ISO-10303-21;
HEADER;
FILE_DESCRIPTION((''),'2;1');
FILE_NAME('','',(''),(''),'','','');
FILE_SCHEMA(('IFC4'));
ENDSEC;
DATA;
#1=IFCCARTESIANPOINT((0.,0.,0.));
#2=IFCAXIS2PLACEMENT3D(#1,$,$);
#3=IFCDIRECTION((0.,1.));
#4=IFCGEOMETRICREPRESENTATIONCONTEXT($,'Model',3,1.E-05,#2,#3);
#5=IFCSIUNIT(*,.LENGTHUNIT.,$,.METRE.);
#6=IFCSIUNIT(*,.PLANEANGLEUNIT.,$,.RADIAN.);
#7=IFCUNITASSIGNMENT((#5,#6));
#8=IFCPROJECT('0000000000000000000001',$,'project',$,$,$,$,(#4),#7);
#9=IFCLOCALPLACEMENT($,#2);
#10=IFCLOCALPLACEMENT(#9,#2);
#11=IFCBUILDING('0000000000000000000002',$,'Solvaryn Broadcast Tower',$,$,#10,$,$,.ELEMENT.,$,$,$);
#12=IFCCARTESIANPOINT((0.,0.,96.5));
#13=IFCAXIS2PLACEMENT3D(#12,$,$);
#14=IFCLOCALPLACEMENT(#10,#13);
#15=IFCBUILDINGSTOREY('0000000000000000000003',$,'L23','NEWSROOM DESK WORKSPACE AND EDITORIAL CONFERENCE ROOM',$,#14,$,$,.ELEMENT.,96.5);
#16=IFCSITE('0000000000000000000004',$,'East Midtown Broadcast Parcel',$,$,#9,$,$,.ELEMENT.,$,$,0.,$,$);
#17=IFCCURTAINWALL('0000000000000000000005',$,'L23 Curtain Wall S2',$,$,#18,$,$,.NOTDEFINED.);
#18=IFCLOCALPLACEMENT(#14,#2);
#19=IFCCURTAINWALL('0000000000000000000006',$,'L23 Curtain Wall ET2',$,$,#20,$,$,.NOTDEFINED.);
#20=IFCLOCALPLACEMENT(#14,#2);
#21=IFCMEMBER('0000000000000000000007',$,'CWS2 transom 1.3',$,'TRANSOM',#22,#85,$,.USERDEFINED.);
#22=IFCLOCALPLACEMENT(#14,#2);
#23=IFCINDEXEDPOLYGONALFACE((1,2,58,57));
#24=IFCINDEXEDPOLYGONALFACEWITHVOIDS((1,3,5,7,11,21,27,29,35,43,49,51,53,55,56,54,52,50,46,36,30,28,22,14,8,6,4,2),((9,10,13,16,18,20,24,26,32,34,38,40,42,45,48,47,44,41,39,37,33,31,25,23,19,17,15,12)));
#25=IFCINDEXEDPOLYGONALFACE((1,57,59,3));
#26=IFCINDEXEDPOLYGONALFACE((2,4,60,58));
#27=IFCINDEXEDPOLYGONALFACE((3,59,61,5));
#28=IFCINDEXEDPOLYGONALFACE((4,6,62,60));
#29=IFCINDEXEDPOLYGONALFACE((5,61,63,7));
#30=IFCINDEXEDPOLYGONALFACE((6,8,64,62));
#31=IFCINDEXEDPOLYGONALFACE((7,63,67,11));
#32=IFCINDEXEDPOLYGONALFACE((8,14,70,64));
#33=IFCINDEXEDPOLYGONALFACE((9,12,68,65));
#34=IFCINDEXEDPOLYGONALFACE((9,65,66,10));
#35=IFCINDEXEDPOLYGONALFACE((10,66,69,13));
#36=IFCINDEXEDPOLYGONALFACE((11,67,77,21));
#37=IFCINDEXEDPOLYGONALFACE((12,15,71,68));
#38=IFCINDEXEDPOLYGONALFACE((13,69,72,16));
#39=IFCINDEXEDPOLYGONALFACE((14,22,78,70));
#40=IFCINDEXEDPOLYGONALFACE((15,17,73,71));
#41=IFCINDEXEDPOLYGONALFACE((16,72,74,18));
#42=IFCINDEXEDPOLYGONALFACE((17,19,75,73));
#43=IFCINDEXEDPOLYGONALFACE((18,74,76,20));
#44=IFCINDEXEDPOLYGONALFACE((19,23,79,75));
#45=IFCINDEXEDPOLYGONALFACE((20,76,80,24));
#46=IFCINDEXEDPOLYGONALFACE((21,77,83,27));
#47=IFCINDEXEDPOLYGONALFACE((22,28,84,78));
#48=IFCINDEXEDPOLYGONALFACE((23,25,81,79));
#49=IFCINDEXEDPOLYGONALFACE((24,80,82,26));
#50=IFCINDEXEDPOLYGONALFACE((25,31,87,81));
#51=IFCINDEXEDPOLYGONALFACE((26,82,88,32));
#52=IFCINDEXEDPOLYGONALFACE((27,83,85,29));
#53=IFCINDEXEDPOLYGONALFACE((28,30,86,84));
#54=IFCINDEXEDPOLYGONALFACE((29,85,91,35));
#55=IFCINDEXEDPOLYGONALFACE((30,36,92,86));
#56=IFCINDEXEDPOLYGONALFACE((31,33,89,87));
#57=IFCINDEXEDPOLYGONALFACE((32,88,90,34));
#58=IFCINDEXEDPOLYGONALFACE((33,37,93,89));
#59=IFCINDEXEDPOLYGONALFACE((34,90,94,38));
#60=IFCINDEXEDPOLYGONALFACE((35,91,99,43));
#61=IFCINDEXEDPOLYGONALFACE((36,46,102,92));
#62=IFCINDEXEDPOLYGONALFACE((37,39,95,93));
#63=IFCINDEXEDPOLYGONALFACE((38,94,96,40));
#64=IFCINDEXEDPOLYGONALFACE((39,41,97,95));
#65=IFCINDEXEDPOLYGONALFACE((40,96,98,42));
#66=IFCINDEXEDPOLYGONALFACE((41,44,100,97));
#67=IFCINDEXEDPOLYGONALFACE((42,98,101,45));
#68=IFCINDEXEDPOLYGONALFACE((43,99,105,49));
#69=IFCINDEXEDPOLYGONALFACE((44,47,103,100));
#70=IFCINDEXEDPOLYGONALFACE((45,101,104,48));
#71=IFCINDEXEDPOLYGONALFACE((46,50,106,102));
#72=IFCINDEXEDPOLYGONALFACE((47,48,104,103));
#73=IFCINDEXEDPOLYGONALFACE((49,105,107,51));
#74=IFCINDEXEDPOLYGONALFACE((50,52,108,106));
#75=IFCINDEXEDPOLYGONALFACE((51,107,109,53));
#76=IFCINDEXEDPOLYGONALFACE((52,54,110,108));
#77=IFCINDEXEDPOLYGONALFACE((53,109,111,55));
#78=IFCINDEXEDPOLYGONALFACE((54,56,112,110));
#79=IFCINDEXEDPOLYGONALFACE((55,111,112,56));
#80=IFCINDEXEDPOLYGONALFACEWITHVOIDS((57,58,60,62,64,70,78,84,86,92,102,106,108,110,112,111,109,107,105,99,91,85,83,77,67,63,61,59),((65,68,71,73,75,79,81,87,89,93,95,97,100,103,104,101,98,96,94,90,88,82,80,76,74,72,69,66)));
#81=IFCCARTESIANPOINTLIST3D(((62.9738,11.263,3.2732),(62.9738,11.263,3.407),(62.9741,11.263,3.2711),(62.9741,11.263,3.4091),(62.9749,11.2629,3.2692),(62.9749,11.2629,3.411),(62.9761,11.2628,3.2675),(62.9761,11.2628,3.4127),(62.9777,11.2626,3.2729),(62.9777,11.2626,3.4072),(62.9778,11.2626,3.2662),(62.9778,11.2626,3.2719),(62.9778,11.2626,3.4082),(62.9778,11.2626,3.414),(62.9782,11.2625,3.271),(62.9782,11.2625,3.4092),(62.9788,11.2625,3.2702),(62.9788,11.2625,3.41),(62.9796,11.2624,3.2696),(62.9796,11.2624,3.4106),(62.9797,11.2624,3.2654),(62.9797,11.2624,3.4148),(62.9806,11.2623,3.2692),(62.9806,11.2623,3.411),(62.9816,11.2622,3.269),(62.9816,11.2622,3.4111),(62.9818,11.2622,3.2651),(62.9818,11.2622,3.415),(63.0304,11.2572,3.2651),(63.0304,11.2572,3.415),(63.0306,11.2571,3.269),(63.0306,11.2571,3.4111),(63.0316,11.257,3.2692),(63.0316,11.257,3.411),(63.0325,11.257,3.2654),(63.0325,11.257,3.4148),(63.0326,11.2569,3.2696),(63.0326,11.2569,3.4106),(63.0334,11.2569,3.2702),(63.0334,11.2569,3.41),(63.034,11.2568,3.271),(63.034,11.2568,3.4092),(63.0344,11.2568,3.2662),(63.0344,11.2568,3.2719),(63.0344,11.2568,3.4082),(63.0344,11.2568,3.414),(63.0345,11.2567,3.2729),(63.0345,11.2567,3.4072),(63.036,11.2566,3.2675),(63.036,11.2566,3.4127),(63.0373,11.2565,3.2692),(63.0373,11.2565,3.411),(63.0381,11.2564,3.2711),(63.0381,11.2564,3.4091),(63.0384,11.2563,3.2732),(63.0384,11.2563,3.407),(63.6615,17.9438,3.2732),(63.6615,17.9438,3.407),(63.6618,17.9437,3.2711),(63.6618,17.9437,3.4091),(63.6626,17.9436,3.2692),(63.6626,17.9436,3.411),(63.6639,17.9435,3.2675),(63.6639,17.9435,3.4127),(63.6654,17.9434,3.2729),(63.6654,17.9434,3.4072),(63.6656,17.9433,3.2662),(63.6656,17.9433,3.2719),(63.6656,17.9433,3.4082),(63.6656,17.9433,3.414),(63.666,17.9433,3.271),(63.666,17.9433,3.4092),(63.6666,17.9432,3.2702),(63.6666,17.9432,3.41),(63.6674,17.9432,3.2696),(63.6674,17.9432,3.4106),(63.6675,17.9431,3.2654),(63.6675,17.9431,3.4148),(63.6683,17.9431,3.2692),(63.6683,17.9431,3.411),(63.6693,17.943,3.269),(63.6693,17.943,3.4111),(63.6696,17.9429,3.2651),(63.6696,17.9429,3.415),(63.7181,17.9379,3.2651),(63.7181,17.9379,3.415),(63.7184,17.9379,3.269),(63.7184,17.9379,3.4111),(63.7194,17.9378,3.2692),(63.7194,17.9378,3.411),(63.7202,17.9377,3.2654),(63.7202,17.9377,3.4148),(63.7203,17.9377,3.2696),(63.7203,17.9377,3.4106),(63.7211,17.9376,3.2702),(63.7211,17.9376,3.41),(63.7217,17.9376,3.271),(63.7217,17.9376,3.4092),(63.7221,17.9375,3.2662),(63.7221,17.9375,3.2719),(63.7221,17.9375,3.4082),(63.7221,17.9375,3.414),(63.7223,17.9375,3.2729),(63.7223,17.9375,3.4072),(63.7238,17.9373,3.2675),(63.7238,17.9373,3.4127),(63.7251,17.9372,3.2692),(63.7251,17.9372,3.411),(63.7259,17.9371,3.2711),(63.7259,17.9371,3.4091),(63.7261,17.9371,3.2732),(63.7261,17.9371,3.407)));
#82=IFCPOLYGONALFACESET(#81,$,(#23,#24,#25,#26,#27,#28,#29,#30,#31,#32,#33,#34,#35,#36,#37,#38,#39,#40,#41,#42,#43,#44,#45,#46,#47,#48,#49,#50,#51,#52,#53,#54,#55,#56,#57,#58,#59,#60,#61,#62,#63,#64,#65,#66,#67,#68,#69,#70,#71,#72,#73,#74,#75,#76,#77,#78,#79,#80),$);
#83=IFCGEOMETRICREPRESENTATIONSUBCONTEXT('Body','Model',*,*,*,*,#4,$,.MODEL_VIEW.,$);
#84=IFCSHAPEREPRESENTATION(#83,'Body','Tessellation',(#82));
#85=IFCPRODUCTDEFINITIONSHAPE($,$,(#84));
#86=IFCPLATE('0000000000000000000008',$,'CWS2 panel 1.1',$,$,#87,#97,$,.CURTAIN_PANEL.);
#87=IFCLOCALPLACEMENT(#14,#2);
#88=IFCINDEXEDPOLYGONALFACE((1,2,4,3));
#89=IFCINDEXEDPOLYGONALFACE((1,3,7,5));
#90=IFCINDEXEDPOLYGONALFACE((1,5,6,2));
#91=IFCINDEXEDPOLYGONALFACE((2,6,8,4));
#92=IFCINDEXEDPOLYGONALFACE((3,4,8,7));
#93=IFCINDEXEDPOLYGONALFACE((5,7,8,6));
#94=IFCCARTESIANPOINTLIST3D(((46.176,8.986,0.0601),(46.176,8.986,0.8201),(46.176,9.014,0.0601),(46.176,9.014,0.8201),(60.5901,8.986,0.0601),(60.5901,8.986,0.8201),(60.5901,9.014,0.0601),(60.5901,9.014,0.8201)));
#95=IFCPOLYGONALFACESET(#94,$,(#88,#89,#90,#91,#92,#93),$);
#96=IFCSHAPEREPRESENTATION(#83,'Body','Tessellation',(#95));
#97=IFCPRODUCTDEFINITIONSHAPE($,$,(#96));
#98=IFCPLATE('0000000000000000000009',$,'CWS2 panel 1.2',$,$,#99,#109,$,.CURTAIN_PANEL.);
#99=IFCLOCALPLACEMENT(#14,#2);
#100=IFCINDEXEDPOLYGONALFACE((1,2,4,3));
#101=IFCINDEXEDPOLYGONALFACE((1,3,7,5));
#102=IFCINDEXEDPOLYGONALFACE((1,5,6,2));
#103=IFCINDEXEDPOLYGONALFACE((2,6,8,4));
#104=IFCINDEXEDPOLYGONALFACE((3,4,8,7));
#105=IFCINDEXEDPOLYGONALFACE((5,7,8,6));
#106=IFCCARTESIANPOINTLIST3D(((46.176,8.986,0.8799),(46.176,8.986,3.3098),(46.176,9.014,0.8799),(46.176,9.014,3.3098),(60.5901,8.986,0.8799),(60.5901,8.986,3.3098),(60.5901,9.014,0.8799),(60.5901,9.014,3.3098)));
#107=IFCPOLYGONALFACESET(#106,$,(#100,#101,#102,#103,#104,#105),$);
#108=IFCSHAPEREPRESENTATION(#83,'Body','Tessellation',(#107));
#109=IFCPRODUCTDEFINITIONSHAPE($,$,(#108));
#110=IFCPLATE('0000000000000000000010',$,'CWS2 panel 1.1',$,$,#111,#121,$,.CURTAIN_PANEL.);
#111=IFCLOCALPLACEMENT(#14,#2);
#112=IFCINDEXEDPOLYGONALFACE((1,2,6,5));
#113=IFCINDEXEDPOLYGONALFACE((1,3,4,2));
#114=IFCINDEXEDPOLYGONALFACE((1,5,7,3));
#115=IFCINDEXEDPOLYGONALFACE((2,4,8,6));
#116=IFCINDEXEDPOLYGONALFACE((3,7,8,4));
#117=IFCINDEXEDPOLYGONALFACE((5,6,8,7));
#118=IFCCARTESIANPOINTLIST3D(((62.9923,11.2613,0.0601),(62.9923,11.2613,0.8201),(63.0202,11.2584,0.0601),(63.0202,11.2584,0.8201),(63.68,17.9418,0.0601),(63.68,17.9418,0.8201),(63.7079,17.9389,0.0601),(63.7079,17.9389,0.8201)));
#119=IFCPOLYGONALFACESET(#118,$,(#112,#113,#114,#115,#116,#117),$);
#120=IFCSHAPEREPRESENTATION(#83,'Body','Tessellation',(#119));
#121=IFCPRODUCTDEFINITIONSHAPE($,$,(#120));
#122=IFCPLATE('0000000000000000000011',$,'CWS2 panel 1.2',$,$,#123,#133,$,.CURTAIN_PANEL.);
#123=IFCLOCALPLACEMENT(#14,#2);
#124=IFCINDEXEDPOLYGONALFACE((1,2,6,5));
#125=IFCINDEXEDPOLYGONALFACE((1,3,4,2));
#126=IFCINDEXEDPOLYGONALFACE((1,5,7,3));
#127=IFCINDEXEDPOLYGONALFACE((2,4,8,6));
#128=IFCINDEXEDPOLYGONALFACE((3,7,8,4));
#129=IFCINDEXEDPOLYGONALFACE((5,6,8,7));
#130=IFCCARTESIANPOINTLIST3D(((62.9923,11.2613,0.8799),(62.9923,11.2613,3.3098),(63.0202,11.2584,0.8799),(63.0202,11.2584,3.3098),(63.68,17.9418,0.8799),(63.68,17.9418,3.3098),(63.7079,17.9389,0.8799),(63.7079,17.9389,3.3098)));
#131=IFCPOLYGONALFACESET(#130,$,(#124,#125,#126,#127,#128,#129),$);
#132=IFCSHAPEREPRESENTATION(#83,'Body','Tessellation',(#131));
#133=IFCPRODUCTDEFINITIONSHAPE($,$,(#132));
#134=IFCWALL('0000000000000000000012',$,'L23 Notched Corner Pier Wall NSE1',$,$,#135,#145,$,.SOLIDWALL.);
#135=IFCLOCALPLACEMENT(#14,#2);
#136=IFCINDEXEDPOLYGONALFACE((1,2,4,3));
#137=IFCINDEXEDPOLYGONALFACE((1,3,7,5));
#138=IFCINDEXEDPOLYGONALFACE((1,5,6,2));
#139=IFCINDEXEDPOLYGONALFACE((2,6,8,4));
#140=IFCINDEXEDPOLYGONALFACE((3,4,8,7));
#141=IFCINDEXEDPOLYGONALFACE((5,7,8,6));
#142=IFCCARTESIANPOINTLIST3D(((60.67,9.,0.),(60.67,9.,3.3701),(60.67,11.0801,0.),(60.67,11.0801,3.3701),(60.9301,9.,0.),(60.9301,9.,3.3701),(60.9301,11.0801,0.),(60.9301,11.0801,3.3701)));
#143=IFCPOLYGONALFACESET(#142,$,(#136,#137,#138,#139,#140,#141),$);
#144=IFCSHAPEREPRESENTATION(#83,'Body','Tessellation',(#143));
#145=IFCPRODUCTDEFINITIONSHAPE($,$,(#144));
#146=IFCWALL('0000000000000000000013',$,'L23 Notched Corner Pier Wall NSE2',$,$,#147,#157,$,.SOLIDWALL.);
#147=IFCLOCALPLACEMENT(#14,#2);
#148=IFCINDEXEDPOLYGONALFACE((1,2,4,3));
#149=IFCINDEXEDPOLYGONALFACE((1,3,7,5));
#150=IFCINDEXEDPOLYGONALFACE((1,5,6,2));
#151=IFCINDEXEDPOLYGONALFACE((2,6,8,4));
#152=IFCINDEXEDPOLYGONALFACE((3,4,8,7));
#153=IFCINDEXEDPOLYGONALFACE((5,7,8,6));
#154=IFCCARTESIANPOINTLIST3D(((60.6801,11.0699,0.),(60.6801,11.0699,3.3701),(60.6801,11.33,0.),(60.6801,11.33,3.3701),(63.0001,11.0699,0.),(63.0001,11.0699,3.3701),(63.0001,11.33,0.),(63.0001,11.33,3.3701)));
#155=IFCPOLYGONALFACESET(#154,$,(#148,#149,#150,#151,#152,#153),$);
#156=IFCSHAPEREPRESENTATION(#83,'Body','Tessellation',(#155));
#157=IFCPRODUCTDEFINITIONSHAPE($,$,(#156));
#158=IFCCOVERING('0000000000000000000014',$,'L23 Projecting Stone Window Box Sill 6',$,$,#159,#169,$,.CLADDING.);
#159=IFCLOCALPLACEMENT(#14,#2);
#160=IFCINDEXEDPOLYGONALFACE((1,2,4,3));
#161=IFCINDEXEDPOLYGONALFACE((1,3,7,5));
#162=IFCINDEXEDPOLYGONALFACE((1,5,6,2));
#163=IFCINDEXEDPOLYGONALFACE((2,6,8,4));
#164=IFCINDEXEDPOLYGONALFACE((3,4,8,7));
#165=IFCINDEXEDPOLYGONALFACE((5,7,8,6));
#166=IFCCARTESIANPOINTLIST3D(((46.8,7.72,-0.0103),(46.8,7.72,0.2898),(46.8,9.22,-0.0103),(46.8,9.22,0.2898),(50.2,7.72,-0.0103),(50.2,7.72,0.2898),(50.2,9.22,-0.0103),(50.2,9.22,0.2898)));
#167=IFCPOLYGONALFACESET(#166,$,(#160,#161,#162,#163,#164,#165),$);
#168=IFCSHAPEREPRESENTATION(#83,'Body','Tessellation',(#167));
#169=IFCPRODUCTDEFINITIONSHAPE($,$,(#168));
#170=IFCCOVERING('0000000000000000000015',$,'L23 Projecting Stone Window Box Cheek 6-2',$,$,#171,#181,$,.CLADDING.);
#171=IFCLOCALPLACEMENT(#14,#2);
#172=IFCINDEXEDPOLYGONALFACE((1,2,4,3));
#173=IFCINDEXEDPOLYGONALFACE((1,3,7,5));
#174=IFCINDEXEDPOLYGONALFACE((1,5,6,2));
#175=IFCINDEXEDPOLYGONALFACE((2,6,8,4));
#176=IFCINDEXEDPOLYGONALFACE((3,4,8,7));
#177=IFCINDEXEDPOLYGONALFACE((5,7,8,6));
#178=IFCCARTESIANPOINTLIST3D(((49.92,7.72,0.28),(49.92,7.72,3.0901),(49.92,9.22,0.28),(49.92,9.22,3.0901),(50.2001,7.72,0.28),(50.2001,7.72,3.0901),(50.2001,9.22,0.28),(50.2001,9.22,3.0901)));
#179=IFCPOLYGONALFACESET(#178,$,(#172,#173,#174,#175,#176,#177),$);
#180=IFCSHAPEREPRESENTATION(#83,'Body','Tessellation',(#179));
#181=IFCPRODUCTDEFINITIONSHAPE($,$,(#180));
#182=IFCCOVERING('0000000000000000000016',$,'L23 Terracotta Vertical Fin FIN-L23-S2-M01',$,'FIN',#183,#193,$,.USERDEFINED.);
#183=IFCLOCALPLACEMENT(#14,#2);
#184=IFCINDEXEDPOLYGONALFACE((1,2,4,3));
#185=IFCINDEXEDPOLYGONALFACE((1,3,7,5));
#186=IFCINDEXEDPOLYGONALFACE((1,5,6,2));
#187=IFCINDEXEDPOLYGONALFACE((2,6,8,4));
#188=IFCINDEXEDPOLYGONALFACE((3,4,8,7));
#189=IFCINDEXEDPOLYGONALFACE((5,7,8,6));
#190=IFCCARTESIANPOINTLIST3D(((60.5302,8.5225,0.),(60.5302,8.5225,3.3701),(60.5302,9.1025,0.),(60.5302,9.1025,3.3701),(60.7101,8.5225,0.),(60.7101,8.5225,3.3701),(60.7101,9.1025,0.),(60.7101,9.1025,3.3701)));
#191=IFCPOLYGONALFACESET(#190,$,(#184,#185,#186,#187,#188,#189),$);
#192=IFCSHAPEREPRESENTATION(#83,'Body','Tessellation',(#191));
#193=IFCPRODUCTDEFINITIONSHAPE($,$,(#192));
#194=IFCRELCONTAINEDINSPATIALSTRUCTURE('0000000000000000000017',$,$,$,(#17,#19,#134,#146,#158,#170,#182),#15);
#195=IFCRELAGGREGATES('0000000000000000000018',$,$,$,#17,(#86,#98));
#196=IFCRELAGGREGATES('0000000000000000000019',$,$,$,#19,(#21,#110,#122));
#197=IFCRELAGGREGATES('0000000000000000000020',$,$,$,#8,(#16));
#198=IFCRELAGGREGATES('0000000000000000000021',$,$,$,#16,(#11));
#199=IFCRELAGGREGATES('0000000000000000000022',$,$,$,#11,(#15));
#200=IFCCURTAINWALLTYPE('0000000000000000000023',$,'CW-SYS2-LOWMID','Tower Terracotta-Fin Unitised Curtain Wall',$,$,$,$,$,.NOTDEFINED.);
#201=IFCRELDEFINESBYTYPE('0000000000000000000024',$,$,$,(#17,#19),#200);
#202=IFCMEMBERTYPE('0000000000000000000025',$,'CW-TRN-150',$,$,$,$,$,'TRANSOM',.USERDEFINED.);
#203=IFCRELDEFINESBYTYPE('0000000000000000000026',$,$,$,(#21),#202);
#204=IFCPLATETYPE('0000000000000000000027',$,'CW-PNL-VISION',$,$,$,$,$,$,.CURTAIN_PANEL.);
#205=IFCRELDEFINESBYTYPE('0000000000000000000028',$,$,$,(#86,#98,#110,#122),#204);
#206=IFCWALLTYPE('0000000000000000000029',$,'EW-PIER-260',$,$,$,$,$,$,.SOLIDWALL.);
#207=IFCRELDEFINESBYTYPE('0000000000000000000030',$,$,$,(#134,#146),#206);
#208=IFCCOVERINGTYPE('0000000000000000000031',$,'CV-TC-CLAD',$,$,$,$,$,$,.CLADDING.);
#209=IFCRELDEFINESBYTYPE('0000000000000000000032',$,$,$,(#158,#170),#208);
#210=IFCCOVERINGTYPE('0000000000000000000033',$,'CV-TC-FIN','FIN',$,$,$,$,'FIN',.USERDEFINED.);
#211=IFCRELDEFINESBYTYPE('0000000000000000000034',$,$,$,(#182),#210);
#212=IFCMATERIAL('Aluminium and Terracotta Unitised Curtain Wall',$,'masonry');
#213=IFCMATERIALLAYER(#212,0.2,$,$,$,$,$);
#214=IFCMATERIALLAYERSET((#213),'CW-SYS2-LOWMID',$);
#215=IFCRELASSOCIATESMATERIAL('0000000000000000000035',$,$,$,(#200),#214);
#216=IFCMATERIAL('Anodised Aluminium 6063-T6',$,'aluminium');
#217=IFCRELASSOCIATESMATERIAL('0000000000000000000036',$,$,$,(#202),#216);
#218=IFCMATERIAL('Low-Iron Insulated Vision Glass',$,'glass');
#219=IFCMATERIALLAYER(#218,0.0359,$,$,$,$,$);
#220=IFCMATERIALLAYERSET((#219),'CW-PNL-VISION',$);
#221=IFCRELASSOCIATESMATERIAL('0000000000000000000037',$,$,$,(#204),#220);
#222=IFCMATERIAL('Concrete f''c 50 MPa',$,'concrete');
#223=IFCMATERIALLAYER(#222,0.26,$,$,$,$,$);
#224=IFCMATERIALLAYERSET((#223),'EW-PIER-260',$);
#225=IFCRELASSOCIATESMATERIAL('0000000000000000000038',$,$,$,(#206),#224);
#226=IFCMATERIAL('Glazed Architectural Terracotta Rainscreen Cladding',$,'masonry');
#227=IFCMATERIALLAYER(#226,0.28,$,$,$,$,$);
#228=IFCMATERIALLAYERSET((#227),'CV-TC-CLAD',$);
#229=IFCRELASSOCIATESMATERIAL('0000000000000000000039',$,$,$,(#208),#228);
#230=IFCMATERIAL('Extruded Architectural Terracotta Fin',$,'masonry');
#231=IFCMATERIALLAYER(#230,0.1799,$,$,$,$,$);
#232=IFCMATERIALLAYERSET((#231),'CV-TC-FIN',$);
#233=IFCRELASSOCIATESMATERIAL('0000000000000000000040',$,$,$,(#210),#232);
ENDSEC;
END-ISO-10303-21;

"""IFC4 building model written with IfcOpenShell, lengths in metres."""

from ifc_helpers import new_model, si_unit, direction, frame, frame_2d, origin, origin_2d, place, context, subcontext, project, spatial, rectangle, hollow_rectangle, extrude, material, layer, layer_set, material_profile, profile_set, type_object, element, aggregate, save


model = new_model("IFC4")

# Units and contexts
model_context = context("Model", 3, precision=1e-05, world=origin(), true_north=direction((0.0, 1.0)))
body_context = subcontext(model_context, "Body", "Model", "MODEL_VIEW")
ifc_project = project(units=[si_unit("LENGTHUNIT", "METRE"), si_unit("PLANEANGLEUNIT", "RADIAN")], contexts=[model_context])

# Site, building, storey
site_placement = place(None, origin())
site = spatial("IfcSite", under=ifc_project, at=site_placement, Name="East Midtown Broadcast Parcel", CompositionType="ELEMENT", RefElevation=0.0)
building_placement = place(site_placement, origin())
building = spatial("IfcBuilding", under=site, at=building_placement, Name="Solvaryn Broadcast Tower", CompositionType="ELEMENT")
storey_placement = place(building_placement, frame((0.0, 0.0, 96.5)))
storey = spatial("IfcBuildingStorey", under=building, at=storey_placement, Name="L23", Description="NEWSROOM DESK WORKSPACE AND EDITORIAL CONFERENCE ROOM", CompositionType="ELEMENT", Elevation=96.5)

# Curtain wall
ifc_material_1 = material(Name="Aluminium and Terracotta Unitised Curtain Wall", Category="masonry")
ifc_layer_1 = layer(ifc_material_1, 0.2)
ifc_layer_set_1 = layer_set([ifc_layer_1], Name="CW-SYS2-LOWMID")
curtain_wall_type = type_object("IfcCurtainWallType", Name="CW-SYS2-LOWMID", Description="Tower Terracotta-Fin Unitised Curtain Wall", PredefinedType="NOTDEFINED", material=ifc_layer_set_1)
curtain_wall_1_placement = place(storey_placement, origin())
curtain_wall_1 = element("IfcCurtainWall", 1, at=curtain_wall_1_placement, inside=storey, type_object=curtain_wall_type, Name="L23 Curtain Wall S2", PredefinedType="NOTDEFINED")

# Curtain wall, member
curtain_wall_2_placement = place(storey_placement, origin())
curtain_wall_2 = element("IfcCurtainWall", 2, at=curtain_wall_2_placement, inside=storey, type_object=curtain_wall_type, Name="L23 Curtain Wall ET2", PredefinedType="NOTDEFINED")
ifc_material_2 = material(Name="Anodised Aluminium 6063-T6", Category="aluminium")
ifc_material_profile_1 = material_profile(ifc_material_2, hollow_rectangle(XDim=0.0649, YDim=0.1499, WallThickness=0.0039, InnerFilletRadius=0.0039, OuterFilletRadius=0.0081, at=origin_2d()))
ifc_profile_set_1 = profile_set([ifc_material_profile_1], Name="Anodised Aluminium 6063-T6")
member_type_1 = type_object("IfcMemberType", Name="CW-TRN-150", ElementType="TRANSOM", PredefinedType="USERDEFINED", material=ifc_profile_set_1)
member_1_placement = place(storey_placement, frame((63.6938, 17.9404, 3.3401), z_axis=(-0.102404, -0.994743, 0.0), x_axis=(0.994743, -0.102404, 0.0)))
member_1 = element("IfcMember", 3, at=member_1_placement, type_object=member_type_1, Name="CWS2 transom 1.3", ObjectType="TRANSOM", PredefinedType="USERDEFINED", context=body_context, shape_type="SweptSolid", body=[
    extrude(hollow_rectangle(XDim=0.0649, YDim=0.1499, WallThickness=0.0039, InnerFilletRadius=0.0039, OuterFilletRadius=0.0081, at=origin_2d()), origin(), (0.0, 0.0, 1.0), 6.7161),
])

# Plates
ifc_material_3 = material(Name="Low-Iron Insulated Vision Glass", Category="glass")
ifc_layer_2 = layer(ifc_material_3, 0.0359)
ifc_layer_set_2 = layer_set([ifc_layer_2], Name="CW-PNL-VISION")
plate_type = type_object("IfcPlateType", Name="CW-PNL-VISION", PredefinedType="CURTAIN_PANEL", material=ifc_layer_set_2)
plate_1_placement = place(storey_placement, frame((53.3831, 9.0, 0.0601), z_axis=(0.0, 0.0, 1.0), x_axis=(1.0, 0.0, 0.0)))
plate_1 = element("IfcPlate", 4, at=plate_1_placement, type_object=plate_type, Name="CWS2 panel 1.1", PredefinedType="CURTAIN_PANEL", context=body_context, shape_type="SweptSolid", body=[
    extrude(rectangle(XDim=14.4141, YDim=0.0281, at=origin_2d()), origin(), (0.0, 0.0, 1.0), 0.76),
])
plate_2_placement = place(storey_placement, frame((53.3831, 9.0, 0.8799), z_axis=(0.0, 0.0, 1.0), x_axis=(1.0, 0.0, 0.0)))
plate_2 = element("IfcPlate", 5, at=plate_2_placement, type_object=plate_type, Name="CWS2 panel 1.2", PredefinedType="CURTAIN_PANEL", context=body_context, shape_type="SweptSolid", body=[
    extrude(rectangle(XDim=14.4141, YDim=0.0281, at=origin_2d()), origin(), (0.0, 0.0, 1.0), 2.4299),
])
aggregate(curtain_wall_1, [plate_1, plate_2])
plate_3_placement = place(storey_placement, frame((63.3501, 14.6001, 0.0601), z_axis=(0.0, 0.0, 1.0), x_axis=(-0.1024, -0.994743, 0.0)))
plate_3 = element("IfcPlate", 6, at=plate_3_placement, type_object=plate_type, Name="CWS2 panel 1.1", PredefinedType="CURTAIN_PANEL", context=body_context, shape_type="SweptSolid", body=[
    extrude(rectangle(XDim=6.7158, YDim=0.0281, at=origin_2d()), origin(), (0.0, 0.0, 1.0), 0.76),
])
plate_4_placement = place(storey_placement, frame((63.3501, 14.6001, 0.8799), z_axis=(0.0, 0.0, 1.0), x_axis=(-0.1024, -0.994743, 0.0)))
plate_4 = element("IfcPlate", 7, at=plate_4_placement, type_object=plate_type, Name="CWS2 panel 1.2", PredefinedType="CURTAIN_PANEL", context=body_context, shape_type="SweptSolid", body=[
    extrude(rectangle(XDim=6.7158, YDim=0.0281, at=origin_2d()), origin(), (0.0, 0.0, 1.0), 2.4299),
])
aggregate(curtain_wall_2, [member_1, plate_3, plate_4])

# Walls
ifc_material_4 = material(Name="Concrete f'c 50 MPa", Category="concrete")
ifc_layer_3 = layer(ifc_material_4, 0.26)
ifc_layer_set_3 = layer_set([ifc_layer_3], Name="EW-PIER-260")
wall_type = type_object("IfcWallType", Name="EW-PIER-260", PredefinedType="SOLIDWALL", material=ifc_layer_set_3)
wall_1_placement = place(storey_placement, frame((60.8, 9.0, 0.0), z_axis=(0.0, 0.0, 1.0), x_axis=(0.0, 1.0, 0.0)))
element("IfcWall", 8, at=wall_1_placement, inside=storey, type_object=wall_type, Name="L23 Notched Corner Pier Wall NSE1", PredefinedType="SOLIDWALL", context=body_context, shape_type="SweptSolid", body=[
    extrude(rectangle(XDim=2.0801, YDim=0.26, at=frame_2d((1.04, 0.0))), origin(), (0.0, 0.0, 1.0), 3.3701),
])
wall_2_placement = place(storey_placement, frame((60.6799, 11.2, 0.0), z_axis=(0.0, 0.0, 1.0), x_axis=(1.0, 0.0, 0.0)))
element("IfcWall", 9, at=wall_2_placement, inside=storey, type_object=wall_type, Name="L23 Notched Corner Pier Wall NSE2", PredefinedType="SOLIDWALL", context=body_context, shape_type="SweptSolid", body=[
    extrude(rectangle(XDim=2.3201, YDim=0.26, at=frame_2d((1.1602, 0.0))), origin(), (0.0, 0.0, 1.0), 3.3701),
])

# Coverings
ifc_material_5 = material(Name="Glazed Architectural Terracotta Rainscreen Cladding", Category="masonry")
ifc_layer_4 = layer(ifc_material_5, 0.28)
ifc_layer_set_4 = layer_set([ifc_layer_4], Name="CV-TC-CLAD")
covering_type_1 = type_object("IfcCoveringType", Name="CV-TC-CLAD", PredefinedType="CLADDING", material=ifc_layer_set_4)
covering_1_placement = place(storey_placement, frame((48.5, 8.47, -0.0103), z_axis=(0.0, 0.0, 1.0), x_axis=(1.0, 0.0, 0.0)))
element("IfcCovering", 10, at=covering_1_placement, inside=storey, type_object=covering_type_1, Name="L23 Projecting Stone Window Box Sill 6", PredefinedType="CLADDING", context=body_context, shape_type="SweptSolid", body=[
    extrude(rectangle(XDim=3.3999, YDim=1.5, at=origin_2d()), origin(), (0.0, 0.0, 1.0), 0.3),
])
covering_2_placement = place(storey_placement, frame((50.0601, 8.47, 0.28), z_axis=(0.0, 0.0, 1.0), x_axis=(1.0, 0.0, 0.0)))
element("IfcCovering", 11, at=covering_2_placement, inside=storey, type_object=covering_type_1, Name="L23 Projecting Stone Window Box Cheek 6-2", PredefinedType="CLADDING", context=body_context, shape_type="SweptSolid", body=[
    extrude(rectangle(XDim=0.28, YDim=1.5, at=origin_2d()), origin(), (0.0, 0.0, 1.0), 2.8101),
])
ifc_material_6 = material(Name="Extruded Architectural Terracotta Fin", Category="masonry")
ifc_layer_5 = layer(ifc_material_6, 0.1799)
ifc_layer_set_5 = layer_set([ifc_layer_5], Name="CV-TC-FIN")
covering_type_2 = type_object("IfcCoveringType", Name="CV-TC-FIN", Description="FIN", ElementType="FIN", PredefinedType="USERDEFINED", material=ifc_layer_set_5)
covering_3_placement = place(storey_placement, frame((60.6201, 8.8125, 0.0), z_axis=(0.0, 0.0, 1.0), x_axis=(1.0, 0.0, 0.0)))
element("IfcCovering", 12, at=covering_3_placement, inside=storey, type_object=covering_type_2, Name="L23 Terracotta Vertical Fin FIN-L23-S2-M01", ObjectType="FIN", PredefinedType="USERDEFINED", context=body_context, shape_type="SweptSolid", body=[
    extrude(rectangle(XDim=0.1799, YDim=0.5801, at=origin_2d()), origin(), (0.0, 0.0, 1.0), 3.3701),
])

save(model, "model.ifc")
